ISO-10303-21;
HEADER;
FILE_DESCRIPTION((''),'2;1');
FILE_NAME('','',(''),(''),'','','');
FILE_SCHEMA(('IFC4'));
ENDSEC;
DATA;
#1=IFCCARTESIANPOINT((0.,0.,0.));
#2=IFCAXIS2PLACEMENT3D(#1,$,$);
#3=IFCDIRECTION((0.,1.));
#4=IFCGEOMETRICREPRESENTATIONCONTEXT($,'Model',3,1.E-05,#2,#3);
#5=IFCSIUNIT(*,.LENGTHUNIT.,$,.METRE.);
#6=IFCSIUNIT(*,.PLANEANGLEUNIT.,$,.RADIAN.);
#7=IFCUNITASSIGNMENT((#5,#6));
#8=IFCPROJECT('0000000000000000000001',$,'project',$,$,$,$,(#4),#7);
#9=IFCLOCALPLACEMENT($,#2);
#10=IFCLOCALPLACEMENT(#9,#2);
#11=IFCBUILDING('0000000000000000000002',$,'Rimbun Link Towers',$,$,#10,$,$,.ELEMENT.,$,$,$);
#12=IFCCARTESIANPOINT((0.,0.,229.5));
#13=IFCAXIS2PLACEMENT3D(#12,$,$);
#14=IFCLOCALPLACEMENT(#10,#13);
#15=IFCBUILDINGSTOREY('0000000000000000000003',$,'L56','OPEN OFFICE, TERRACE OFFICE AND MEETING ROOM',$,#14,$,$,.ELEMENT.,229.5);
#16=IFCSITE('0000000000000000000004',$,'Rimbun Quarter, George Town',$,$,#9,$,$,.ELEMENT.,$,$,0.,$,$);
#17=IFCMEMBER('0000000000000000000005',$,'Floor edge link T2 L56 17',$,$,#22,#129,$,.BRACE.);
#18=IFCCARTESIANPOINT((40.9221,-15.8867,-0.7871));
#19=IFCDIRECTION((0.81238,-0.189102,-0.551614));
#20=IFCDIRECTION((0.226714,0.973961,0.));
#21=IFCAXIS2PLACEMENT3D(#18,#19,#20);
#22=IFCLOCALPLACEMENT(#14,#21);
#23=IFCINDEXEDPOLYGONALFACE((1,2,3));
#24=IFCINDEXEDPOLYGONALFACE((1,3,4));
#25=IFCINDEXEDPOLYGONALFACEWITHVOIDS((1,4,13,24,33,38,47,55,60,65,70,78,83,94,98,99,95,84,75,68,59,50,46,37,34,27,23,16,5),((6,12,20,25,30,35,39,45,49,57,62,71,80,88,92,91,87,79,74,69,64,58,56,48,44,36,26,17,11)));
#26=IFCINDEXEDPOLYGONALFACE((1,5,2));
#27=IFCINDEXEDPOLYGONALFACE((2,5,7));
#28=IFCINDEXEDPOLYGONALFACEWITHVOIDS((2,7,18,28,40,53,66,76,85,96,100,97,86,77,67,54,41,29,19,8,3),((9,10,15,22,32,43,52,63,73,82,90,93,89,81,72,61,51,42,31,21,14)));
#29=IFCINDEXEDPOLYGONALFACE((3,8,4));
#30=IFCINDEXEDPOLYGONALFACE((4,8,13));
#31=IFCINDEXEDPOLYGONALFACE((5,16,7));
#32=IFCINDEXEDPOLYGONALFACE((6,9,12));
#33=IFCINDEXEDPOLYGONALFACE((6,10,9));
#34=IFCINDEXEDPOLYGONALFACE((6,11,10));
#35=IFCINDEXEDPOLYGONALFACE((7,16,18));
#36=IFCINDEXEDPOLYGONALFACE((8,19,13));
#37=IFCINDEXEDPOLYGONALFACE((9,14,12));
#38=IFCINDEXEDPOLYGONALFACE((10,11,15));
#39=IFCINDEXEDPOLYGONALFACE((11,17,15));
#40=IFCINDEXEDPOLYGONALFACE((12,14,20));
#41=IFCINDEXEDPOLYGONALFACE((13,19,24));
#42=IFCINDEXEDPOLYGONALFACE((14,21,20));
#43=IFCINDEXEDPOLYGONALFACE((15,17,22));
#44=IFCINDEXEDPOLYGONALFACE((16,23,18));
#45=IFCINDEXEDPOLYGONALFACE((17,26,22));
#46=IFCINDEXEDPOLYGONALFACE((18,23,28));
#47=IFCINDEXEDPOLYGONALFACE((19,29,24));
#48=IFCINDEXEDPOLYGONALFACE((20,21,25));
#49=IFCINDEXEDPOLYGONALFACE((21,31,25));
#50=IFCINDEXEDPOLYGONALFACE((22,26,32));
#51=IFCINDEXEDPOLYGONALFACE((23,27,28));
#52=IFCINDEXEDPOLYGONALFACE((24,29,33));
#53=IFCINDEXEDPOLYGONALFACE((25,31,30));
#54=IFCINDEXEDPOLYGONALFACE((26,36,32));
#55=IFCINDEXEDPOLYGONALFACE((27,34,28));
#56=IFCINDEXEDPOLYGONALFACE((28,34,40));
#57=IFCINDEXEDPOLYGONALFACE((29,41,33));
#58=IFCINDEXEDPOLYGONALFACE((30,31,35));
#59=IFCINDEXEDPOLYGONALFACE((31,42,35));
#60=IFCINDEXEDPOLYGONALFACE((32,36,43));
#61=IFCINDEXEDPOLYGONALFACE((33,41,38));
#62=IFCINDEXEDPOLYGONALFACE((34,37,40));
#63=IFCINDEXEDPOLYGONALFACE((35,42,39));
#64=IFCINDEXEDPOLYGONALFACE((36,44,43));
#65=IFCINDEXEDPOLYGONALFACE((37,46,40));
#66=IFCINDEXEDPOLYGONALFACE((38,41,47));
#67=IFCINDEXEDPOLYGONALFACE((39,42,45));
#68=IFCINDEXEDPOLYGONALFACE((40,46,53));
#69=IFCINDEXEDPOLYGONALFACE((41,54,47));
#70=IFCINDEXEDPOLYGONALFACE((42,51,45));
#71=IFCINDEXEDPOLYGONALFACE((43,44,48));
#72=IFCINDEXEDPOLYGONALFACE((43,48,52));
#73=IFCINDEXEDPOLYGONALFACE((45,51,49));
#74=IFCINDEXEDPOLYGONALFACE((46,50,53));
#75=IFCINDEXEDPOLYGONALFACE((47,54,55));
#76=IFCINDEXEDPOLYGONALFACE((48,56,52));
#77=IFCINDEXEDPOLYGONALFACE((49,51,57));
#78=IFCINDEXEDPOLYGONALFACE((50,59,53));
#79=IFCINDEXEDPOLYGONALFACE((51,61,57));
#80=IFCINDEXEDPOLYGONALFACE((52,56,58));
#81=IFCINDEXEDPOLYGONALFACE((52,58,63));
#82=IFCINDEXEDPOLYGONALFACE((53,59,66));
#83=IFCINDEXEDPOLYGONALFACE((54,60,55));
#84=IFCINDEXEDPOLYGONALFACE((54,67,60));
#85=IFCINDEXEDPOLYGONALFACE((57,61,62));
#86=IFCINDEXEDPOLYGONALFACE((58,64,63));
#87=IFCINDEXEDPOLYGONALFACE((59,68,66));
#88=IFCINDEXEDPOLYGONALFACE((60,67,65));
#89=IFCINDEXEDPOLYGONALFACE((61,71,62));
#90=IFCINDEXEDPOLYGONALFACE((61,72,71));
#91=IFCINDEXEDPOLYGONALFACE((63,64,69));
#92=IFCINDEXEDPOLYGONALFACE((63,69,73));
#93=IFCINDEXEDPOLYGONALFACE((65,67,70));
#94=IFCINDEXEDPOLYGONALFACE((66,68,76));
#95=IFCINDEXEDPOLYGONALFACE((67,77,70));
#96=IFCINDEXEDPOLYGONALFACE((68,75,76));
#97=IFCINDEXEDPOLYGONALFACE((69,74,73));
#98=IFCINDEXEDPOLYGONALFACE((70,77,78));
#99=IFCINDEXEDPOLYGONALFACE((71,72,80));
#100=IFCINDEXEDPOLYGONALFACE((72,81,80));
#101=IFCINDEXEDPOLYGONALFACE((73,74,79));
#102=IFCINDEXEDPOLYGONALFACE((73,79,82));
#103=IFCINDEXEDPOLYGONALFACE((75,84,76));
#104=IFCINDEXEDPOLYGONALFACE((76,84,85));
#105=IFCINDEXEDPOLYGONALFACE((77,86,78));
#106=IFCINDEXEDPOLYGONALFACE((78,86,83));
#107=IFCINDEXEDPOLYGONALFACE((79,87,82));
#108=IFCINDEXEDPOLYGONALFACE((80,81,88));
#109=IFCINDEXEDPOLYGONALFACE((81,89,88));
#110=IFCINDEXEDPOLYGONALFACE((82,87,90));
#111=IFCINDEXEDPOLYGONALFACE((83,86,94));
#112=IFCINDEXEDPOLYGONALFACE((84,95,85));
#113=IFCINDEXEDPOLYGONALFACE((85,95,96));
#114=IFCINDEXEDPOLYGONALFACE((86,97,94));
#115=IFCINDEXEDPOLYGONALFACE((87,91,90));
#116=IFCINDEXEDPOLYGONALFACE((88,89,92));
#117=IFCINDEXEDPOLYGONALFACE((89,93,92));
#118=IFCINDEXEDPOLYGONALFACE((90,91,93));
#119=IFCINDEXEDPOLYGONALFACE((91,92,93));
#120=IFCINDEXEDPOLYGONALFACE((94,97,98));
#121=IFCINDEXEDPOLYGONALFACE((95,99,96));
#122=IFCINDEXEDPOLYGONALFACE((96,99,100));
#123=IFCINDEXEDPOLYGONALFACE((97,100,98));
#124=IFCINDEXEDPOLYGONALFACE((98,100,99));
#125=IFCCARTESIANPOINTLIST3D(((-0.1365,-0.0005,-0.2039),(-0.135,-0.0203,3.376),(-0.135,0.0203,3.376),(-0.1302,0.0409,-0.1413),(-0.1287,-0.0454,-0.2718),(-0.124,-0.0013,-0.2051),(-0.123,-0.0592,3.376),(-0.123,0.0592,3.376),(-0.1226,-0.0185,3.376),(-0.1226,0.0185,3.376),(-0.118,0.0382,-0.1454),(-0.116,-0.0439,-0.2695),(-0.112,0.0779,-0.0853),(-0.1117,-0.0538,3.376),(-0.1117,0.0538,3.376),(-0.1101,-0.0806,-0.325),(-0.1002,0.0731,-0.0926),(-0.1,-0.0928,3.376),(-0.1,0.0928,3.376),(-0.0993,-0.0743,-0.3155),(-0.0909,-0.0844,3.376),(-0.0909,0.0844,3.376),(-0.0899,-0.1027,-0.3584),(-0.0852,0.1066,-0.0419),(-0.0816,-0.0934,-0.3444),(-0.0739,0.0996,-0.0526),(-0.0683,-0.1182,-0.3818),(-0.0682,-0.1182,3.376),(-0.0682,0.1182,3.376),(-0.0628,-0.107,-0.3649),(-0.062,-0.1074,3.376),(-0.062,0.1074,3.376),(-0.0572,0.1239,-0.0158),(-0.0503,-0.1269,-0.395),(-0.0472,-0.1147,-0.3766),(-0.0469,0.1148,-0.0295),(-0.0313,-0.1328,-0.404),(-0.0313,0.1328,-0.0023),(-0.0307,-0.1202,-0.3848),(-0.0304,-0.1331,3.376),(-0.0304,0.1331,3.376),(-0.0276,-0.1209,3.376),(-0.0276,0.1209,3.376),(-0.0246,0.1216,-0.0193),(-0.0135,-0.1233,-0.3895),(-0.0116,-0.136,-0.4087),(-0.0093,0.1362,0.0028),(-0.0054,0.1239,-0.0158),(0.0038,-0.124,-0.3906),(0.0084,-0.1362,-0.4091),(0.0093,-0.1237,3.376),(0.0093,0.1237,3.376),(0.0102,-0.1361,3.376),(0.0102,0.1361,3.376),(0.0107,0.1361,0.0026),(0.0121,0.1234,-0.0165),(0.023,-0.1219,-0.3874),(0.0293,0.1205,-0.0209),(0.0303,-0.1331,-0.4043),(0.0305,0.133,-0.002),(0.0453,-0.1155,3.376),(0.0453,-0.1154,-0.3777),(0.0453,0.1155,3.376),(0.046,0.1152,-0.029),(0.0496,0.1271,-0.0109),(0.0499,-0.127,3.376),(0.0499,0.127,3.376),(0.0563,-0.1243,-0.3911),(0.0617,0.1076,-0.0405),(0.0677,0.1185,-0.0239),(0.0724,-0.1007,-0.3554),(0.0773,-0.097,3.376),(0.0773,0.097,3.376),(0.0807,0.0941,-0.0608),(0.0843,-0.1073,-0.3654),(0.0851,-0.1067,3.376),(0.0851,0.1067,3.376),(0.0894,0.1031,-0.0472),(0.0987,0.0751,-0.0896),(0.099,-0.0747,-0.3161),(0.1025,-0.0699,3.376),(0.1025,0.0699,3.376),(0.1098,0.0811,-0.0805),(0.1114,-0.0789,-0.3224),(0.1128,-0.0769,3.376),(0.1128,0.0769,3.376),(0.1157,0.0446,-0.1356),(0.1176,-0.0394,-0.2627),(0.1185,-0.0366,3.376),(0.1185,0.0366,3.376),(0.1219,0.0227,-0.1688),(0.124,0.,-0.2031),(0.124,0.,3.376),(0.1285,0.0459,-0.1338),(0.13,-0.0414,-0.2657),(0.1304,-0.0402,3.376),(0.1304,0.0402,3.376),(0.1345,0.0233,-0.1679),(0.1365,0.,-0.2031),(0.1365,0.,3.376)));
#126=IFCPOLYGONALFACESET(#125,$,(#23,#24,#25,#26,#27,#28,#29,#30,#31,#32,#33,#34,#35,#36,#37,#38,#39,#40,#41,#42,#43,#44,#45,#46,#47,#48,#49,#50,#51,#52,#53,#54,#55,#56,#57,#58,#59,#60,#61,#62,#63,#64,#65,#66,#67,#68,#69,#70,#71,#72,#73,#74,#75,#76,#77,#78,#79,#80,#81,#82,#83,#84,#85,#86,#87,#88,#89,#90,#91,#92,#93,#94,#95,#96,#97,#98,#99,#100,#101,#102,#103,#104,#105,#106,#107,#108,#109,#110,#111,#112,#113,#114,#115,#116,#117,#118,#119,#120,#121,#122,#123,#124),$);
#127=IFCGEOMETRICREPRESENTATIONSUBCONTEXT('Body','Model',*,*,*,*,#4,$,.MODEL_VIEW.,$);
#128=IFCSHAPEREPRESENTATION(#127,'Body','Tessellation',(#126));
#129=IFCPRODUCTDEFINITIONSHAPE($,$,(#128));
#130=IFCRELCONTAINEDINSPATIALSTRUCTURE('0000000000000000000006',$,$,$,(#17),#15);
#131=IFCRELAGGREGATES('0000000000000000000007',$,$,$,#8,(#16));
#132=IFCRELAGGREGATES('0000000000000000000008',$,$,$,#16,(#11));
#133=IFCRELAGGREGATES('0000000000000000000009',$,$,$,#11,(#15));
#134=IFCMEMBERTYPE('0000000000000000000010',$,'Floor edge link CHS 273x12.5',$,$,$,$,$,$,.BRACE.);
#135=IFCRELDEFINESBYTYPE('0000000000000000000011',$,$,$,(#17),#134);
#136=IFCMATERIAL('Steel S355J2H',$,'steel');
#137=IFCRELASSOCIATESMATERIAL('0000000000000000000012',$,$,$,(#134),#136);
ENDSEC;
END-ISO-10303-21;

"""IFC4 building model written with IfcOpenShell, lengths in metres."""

from ifc_helpers import new_model, si_unit, direction, frame, origin, origin_2d, place, context, subcontext, project, spatial, hollow_circle, extrude, clip, halfspace, material, material_profile, profile_set, type_object, element, save


model = new_model("IFC4")

# Units and contexts
model_context = context("Model", 3, precision=1e-05, world=origin(), true_north=direction((0.0, 1.0)))
body_context = subcontext(model_context, "Body", "Model", "MODEL_VIEW")
ifc_project = project(units=[si_unit("LENGTHUNIT", "METRE"), si_unit("PLANEANGLEUNIT", "RADIAN")], contexts=[model_context])

# Site, building, storey
site_placement = place(None, origin())
site = spatial("IfcSite", under=ifc_project, at=site_placement, Name="Rimbun Quarter, George Town", CompositionType="ELEMENT", RefElevation=0.0)
building_placement = place(site_placement, origin())
building = spatial("IfcBuilding", under=site, at=building_placement, Name="Rimbun Link Towers", CompositionType="ELEMENT")
storey_placement = place(building_placement, frame((0.0, 0.0, 229.5)))
storey = spatial("IfcBuildingStorey", under=building, at=storey_placement, Name="L56", Description="OPEN OFFICE, TERRACE OFFICE AND MEETING ROOM", CompositionType="ELEMENT", Elevation=229.5)

# Member
ifc_material_1 = material(Name="Steel S355J2H", Category="steel")
ifc_material_profile_1 = material_profile(ifc_material_1, hollow_circle(Radius=0.1365, WallThickness=0.0125, at=origin_2d()), Name="CHS 273x12.5")
ifc_profile_set_1 = profile_set([ifc_material_profile_1], Name="Steel S355J2H")
member_type = type_object("IfcMemberType", Name="Floor edge link CHS 273x12.5", PredefinedType="BRACE", material=ifc_profile_set_1)
member_placement = place(storey_placement, frame((40.9221, -15.8867, -0.7871), z_axis=(0.81238, -0.189102, -0.551614), x_axis=(0.226714, 0.973961, 0.0)))
element("IfcMember", 1, at=member_placement, inside=storey, type_object=member_type, Name="Floor edge link T2 L56 17", PredefinedType="BRACE", context=body_context, shape_type="Clipping", body=[
    clip(extrude(hollow_circle(Radius=0.1365, WallThickness=0.0125, at=origin_2d()), frame((0.0, 0.0, -0.4309)), (0.0, 0.0, 1.0), 3.8069), halfspace(frame((0.0, 0.0, -0.2031), z_axis=(0.0, 0.834099, -0.551614)), False)),
])

save(model, "model.ifc")
